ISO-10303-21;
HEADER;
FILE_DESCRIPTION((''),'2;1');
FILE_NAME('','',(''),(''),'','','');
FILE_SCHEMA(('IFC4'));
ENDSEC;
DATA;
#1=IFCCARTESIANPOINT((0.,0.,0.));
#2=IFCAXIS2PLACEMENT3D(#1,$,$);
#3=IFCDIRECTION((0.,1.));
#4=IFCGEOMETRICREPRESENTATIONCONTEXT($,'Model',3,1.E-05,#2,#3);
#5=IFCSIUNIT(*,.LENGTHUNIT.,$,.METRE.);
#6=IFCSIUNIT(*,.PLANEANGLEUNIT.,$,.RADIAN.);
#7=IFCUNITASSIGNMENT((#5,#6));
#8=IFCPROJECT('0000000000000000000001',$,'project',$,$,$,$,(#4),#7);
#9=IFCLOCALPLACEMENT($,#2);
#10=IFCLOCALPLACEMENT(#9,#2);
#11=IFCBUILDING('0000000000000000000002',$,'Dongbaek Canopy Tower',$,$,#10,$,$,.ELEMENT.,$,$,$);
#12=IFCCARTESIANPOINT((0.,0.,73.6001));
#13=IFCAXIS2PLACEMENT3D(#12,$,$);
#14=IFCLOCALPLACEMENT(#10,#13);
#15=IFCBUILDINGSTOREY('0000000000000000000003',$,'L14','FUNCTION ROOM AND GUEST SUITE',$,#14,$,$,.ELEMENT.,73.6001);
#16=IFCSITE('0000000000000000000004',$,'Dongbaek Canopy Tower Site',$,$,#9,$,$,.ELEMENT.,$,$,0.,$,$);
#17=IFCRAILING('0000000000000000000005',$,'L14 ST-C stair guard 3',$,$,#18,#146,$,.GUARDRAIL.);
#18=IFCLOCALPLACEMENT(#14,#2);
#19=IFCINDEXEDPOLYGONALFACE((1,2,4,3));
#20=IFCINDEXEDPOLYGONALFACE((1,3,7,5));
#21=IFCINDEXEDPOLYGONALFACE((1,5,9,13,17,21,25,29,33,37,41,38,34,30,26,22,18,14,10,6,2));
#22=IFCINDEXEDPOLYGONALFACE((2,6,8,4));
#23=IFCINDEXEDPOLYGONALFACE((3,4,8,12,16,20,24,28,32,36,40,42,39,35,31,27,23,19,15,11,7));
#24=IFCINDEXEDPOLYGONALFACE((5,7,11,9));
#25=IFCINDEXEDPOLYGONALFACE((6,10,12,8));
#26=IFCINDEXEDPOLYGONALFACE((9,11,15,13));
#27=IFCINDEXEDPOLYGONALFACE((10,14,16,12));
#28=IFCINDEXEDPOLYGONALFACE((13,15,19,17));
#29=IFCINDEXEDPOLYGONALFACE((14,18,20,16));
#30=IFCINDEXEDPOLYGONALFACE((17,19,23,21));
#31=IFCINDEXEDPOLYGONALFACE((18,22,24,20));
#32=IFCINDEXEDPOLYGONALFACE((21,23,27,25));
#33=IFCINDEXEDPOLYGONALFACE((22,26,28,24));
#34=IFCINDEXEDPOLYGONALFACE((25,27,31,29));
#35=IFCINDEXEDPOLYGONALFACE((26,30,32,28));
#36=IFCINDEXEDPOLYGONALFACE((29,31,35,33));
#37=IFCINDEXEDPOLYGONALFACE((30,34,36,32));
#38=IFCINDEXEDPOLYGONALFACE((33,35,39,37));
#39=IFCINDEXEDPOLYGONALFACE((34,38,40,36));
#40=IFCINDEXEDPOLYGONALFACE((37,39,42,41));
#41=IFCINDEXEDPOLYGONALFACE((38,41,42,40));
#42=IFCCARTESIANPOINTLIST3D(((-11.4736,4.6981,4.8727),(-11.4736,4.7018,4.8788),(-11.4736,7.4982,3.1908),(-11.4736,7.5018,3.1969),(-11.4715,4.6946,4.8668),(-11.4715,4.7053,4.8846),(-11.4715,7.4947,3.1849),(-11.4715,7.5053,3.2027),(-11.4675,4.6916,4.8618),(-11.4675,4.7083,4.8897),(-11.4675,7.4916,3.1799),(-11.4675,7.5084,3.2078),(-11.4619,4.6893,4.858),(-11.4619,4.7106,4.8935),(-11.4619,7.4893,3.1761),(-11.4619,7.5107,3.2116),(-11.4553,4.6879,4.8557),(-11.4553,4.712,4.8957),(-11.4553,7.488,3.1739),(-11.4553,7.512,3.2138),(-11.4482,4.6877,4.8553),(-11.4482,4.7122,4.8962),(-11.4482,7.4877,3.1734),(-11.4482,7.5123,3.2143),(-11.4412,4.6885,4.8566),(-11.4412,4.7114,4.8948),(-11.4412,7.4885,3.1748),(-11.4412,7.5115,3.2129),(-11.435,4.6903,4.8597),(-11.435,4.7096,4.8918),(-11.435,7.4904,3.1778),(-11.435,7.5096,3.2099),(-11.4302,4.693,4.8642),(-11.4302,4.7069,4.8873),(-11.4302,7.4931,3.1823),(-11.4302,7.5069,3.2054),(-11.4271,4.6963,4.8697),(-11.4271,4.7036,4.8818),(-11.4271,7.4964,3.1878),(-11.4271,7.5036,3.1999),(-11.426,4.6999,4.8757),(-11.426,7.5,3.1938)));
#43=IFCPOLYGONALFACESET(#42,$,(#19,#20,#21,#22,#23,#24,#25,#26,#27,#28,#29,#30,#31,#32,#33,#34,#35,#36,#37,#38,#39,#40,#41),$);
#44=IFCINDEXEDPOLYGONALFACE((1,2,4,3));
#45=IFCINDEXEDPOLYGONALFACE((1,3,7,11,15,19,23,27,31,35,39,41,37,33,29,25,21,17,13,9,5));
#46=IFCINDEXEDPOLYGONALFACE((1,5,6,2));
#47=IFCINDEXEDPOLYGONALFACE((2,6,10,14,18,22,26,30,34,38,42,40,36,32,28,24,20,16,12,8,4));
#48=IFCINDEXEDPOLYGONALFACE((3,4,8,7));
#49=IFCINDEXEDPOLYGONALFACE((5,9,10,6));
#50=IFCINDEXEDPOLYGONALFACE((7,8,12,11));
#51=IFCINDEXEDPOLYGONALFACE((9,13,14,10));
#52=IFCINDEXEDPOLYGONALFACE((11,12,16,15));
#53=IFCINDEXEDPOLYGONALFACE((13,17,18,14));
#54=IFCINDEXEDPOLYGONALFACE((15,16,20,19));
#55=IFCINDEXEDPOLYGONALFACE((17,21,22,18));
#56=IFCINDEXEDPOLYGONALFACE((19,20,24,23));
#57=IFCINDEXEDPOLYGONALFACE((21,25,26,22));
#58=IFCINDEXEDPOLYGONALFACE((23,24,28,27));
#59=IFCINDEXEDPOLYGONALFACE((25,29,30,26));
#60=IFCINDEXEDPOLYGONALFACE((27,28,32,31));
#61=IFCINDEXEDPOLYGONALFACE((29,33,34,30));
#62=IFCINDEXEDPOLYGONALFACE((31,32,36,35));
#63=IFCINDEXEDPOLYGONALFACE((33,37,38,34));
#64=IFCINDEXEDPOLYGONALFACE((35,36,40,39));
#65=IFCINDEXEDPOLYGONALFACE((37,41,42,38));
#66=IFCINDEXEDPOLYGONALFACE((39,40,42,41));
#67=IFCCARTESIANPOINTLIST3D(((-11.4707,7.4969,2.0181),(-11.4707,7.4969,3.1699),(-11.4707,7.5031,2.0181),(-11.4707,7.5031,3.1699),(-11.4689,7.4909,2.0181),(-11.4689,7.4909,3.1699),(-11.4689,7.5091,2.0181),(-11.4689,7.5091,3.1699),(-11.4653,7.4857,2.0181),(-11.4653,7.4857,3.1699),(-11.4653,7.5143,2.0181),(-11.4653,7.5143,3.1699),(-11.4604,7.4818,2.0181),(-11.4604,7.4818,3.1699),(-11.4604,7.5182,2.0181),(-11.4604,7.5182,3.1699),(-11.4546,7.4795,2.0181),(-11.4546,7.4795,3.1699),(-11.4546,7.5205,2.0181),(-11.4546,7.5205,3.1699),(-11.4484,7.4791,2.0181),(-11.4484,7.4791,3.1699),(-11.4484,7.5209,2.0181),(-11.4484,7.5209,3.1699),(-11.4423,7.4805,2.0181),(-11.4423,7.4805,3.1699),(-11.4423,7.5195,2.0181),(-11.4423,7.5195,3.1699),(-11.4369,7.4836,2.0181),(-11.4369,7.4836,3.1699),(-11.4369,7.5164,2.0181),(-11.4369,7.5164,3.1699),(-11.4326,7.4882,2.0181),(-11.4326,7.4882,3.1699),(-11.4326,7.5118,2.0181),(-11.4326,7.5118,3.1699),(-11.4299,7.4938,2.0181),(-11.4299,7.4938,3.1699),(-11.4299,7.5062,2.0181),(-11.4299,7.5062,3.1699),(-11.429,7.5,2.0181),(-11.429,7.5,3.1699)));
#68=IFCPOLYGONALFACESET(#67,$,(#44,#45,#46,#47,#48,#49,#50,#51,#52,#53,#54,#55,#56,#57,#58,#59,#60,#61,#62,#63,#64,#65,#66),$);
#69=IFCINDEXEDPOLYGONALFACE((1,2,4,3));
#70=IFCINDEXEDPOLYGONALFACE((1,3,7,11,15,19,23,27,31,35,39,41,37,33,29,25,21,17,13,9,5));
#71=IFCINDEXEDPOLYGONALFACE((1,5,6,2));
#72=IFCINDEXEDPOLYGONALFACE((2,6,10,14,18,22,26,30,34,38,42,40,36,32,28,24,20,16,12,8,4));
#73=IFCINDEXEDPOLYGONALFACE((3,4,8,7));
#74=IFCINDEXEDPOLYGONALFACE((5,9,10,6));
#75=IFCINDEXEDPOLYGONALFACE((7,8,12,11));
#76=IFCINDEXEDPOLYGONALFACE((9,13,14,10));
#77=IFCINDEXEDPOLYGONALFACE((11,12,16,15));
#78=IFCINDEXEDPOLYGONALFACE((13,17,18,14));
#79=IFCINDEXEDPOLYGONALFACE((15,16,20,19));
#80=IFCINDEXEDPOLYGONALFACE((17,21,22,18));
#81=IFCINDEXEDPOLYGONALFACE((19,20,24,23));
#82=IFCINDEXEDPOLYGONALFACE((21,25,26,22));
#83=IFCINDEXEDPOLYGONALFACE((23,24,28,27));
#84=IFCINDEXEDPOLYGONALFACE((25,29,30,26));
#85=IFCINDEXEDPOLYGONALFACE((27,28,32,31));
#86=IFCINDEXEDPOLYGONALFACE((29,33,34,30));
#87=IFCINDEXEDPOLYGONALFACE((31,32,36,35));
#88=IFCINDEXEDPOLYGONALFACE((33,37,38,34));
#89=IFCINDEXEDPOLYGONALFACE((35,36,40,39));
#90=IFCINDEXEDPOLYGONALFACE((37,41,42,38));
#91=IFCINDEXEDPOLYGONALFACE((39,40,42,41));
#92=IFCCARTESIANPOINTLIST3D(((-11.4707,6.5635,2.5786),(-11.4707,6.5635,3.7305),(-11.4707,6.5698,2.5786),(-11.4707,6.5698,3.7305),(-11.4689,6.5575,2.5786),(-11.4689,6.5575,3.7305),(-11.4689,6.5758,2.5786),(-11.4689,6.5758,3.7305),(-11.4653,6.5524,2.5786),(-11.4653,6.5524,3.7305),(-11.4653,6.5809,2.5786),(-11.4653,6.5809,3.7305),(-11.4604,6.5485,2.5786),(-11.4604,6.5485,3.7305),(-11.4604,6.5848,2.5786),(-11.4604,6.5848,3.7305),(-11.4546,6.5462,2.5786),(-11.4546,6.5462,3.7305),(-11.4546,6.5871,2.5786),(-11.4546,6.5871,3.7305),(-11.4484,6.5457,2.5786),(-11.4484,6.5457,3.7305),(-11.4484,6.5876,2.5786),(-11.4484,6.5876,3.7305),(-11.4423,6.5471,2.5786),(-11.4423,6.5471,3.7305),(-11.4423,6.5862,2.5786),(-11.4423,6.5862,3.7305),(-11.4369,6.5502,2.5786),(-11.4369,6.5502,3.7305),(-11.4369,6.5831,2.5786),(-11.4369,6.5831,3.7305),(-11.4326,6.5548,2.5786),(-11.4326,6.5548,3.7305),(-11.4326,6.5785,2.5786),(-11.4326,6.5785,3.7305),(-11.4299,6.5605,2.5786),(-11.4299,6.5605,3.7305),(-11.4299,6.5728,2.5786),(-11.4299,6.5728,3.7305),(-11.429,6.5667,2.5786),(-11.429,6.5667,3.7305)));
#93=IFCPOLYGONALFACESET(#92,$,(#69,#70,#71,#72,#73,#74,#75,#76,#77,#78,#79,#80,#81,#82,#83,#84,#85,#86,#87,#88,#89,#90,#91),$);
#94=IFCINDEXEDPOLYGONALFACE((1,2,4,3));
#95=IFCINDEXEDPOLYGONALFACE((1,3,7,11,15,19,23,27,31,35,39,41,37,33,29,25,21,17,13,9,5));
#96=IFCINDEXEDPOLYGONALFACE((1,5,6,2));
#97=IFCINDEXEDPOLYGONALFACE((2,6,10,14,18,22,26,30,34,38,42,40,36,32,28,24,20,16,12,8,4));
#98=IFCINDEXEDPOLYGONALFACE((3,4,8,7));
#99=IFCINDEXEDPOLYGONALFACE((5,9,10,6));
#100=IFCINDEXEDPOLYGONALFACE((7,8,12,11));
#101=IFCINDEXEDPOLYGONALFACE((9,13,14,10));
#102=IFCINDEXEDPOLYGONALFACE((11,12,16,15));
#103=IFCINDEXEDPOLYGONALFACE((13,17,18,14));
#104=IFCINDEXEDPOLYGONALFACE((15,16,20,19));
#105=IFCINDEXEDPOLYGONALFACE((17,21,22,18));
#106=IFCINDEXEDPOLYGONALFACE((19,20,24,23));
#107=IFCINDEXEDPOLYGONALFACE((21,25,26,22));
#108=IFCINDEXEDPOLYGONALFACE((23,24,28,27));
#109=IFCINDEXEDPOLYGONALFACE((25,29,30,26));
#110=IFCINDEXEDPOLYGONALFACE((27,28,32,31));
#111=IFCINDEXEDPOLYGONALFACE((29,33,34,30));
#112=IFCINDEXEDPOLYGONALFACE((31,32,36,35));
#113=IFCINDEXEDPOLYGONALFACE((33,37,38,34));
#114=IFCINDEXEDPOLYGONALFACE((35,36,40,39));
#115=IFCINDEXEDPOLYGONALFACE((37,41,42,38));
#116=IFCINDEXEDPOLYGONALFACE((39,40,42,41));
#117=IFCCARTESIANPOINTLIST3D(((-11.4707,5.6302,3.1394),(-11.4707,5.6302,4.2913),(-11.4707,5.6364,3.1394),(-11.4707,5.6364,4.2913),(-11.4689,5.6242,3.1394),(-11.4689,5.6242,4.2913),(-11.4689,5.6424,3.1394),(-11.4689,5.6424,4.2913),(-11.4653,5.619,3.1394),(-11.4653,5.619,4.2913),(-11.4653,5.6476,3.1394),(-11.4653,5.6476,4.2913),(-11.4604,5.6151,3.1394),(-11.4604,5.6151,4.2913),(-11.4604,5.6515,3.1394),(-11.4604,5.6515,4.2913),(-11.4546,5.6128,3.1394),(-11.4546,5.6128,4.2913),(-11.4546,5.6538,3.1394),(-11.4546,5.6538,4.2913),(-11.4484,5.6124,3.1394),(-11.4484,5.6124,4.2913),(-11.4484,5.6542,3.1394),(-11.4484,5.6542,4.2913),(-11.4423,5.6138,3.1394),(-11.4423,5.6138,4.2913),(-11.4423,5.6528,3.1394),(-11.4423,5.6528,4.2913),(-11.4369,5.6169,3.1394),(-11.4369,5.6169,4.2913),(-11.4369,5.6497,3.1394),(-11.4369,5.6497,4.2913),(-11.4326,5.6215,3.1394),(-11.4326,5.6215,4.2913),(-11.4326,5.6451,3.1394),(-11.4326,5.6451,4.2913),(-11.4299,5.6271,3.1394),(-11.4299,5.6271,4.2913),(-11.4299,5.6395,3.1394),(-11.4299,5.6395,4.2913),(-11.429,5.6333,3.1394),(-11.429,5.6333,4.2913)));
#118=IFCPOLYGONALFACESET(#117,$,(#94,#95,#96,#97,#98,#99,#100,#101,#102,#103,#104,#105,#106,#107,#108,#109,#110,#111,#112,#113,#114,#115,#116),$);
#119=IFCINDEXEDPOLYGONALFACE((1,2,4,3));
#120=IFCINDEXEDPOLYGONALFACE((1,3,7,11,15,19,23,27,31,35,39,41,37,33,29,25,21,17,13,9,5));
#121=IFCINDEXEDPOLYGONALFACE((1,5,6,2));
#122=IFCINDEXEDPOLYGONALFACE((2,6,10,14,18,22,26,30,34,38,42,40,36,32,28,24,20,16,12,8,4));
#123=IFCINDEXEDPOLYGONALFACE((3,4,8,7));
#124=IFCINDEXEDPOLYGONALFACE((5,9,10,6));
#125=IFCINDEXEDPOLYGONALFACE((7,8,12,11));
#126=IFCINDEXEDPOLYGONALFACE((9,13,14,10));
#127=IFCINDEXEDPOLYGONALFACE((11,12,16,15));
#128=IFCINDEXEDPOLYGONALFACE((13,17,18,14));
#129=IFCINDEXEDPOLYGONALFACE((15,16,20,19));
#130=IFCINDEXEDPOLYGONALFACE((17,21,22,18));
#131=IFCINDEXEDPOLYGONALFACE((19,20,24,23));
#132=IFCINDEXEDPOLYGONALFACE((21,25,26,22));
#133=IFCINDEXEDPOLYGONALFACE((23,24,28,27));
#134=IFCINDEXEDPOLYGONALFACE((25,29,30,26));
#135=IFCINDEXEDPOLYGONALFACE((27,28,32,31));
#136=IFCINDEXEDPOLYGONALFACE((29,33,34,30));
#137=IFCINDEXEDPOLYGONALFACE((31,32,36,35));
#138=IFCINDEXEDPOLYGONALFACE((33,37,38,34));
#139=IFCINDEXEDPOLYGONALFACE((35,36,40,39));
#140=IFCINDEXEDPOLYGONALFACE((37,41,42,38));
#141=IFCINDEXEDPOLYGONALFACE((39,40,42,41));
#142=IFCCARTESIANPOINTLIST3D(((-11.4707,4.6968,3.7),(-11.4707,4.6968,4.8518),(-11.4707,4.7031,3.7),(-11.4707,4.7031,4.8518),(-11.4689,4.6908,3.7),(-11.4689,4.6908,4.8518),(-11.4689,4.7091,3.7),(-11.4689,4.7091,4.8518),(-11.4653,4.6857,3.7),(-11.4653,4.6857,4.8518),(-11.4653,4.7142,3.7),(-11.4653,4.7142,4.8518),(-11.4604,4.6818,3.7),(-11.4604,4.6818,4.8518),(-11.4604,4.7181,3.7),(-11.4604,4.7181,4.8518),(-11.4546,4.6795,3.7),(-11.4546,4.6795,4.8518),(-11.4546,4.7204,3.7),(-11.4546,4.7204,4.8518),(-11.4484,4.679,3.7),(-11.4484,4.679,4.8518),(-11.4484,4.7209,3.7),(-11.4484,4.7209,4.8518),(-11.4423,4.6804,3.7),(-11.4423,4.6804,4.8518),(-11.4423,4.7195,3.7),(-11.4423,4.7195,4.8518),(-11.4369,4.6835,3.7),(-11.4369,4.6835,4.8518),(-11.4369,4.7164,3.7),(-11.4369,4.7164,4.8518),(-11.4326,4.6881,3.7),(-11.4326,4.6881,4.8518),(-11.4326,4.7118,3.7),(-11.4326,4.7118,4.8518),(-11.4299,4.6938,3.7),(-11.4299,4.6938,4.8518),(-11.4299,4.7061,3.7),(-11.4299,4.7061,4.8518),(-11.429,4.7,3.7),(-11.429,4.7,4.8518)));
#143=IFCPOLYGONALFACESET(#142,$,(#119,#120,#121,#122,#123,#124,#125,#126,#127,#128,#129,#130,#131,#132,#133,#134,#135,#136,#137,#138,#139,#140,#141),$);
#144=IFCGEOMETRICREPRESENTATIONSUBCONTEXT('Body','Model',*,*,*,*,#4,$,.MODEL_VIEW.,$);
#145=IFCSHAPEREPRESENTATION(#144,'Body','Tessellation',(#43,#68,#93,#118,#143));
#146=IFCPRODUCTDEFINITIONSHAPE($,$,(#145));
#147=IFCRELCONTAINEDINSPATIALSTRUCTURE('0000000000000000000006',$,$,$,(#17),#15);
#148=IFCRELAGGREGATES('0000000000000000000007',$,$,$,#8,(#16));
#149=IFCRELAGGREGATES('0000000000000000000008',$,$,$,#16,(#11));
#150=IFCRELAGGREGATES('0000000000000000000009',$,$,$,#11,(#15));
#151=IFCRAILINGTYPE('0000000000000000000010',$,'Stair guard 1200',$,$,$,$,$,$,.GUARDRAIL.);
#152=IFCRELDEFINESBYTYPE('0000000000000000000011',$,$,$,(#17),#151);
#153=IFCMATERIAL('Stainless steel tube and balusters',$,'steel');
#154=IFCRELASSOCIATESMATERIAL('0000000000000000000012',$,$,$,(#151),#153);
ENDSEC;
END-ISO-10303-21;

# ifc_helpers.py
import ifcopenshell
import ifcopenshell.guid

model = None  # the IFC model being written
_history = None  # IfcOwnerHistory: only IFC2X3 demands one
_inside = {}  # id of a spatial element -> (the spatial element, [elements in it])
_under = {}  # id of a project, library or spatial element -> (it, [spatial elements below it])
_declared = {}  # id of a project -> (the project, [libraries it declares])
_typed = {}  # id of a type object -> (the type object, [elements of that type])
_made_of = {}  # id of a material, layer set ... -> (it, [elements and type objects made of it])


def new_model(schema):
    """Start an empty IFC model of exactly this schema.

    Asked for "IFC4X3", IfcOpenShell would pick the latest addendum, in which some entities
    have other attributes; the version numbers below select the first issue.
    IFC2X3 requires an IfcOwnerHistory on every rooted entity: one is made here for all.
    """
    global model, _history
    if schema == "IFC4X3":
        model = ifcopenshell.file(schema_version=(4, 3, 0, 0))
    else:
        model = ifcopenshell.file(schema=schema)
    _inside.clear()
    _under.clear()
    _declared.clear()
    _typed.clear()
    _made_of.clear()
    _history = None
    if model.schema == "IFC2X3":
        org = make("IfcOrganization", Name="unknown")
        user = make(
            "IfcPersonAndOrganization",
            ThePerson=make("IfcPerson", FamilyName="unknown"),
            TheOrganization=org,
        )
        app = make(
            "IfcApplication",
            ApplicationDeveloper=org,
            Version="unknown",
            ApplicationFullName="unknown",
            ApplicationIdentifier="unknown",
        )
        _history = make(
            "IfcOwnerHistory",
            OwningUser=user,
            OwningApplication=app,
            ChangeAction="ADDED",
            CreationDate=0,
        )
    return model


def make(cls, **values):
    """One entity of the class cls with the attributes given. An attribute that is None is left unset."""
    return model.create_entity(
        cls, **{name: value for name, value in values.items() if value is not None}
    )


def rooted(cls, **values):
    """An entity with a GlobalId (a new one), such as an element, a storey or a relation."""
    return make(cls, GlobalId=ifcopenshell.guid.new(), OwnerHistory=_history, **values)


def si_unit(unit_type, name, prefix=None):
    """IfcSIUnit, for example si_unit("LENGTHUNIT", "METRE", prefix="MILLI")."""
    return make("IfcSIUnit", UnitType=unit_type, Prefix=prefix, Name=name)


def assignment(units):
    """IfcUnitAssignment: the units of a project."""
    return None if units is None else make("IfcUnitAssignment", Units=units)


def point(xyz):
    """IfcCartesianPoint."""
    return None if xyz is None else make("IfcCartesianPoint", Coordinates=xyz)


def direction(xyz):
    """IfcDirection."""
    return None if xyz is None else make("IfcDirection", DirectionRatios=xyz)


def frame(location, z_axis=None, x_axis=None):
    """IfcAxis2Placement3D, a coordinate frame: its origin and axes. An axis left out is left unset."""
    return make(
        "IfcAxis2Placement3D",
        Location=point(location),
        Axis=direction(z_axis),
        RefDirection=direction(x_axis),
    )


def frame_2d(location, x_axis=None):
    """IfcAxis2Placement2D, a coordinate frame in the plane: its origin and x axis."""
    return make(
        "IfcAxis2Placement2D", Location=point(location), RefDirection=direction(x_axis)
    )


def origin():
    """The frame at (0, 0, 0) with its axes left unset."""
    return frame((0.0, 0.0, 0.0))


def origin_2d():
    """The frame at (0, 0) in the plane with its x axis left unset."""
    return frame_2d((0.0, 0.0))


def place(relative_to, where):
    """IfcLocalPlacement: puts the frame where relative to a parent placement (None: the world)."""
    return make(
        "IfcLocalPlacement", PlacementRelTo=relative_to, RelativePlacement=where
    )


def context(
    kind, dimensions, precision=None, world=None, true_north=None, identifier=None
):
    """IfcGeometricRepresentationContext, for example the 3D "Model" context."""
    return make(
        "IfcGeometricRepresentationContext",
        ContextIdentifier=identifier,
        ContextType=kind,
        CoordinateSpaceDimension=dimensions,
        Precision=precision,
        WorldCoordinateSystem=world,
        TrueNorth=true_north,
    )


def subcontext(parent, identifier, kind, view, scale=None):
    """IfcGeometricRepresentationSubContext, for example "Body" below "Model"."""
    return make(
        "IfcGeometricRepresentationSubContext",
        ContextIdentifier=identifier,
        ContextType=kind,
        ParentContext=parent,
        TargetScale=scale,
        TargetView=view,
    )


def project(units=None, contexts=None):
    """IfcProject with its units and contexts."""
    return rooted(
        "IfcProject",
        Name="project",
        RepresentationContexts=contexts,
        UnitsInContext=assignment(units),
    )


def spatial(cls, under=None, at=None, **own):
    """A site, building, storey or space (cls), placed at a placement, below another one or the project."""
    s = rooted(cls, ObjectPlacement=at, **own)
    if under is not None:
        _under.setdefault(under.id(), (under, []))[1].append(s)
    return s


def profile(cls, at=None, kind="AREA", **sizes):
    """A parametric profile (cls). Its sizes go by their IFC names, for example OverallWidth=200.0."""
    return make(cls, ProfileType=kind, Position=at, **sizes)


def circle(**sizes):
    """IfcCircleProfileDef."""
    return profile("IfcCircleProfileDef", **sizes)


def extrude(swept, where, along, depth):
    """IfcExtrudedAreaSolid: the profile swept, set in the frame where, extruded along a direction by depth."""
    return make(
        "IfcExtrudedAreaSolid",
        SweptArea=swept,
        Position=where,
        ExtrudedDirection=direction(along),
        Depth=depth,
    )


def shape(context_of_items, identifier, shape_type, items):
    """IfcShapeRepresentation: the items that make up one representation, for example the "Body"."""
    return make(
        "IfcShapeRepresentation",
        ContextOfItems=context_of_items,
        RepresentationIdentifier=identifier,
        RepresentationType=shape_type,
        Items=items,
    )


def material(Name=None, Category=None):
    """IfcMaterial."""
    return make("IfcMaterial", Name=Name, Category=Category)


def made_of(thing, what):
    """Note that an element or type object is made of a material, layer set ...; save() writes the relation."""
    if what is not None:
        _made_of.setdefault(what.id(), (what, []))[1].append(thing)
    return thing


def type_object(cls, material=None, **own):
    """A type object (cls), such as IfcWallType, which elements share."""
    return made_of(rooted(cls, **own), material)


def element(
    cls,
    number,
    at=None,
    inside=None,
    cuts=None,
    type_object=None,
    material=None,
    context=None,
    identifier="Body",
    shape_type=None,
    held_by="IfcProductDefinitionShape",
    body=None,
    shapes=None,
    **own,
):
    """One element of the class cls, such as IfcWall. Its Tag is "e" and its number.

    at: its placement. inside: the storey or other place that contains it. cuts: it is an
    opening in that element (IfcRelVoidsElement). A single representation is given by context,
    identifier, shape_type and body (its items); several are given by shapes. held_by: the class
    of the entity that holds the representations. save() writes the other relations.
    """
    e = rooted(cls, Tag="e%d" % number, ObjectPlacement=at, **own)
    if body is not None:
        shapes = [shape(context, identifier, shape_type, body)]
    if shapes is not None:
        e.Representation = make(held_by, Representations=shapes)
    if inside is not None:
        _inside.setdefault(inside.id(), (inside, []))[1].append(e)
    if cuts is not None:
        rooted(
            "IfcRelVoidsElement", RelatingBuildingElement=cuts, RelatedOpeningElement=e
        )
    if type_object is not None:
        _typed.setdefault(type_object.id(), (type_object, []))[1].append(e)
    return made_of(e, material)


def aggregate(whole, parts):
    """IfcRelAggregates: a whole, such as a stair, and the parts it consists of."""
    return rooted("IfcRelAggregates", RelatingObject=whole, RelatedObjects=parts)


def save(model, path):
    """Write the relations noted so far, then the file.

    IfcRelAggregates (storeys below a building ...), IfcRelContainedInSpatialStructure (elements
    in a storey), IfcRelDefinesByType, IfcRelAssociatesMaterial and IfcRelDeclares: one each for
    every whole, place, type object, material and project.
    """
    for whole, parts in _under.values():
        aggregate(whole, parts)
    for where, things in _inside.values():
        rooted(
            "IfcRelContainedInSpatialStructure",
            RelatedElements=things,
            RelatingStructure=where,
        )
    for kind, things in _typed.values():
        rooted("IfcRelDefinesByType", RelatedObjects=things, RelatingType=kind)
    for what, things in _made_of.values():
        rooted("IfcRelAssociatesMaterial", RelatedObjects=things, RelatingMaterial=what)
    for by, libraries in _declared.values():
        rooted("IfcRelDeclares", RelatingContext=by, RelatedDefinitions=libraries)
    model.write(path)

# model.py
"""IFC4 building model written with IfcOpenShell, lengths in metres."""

from ifc_helpers import new_model, si_unit, direction, frame, origin, origin_2d, place, context, subcontext, project, spatial, circle, extrude, material, type_object, element, save


model = new_model("IFC4")

# Units and contexts
model_context = context("Model", 3, precision=1e-05, world=origin(), true_north=direction((0.0, 1.0)))
body_context = subcontext(model_context, "Body", "Model", "MODEL_VIEW")
ifc_project = project(units=[si_unit("LENGTHUNIT", "METRE"), si_unit("PLANEANGLEUNIT", "RADIAN")], contexts=[model_context])

# Site, building, storey
site_placement = place(None, origin())
site = spatial("IfcSite", under=ifc_project, at=site_placement, Name="Dongbaek Canopy Tower Site", CompositionType="ELEMENT", RefElevation=0.0)
building_placement = place(site_placement, origin())
building = spatial("IfcBuilding", under=site, at=building_placement, Name="Dongbaek Canopy Tower", CompositionType="ELEMENT")
storey_placement = place(building_placement, frame((0.0, 0.0, 73.6001)))
storey = spatial("IfcBuildingStorey", under=building, at=storey_placement, Name="L14", Description="FUNCTION ROOM AND GUEST SUITE", CompositionType="ELEMENT", Elevation=73.6001)

# Railing
ifc_material_1 = material(Name="Stainless steel tube and balusters", Category="steel")
railing_type_1 = type_object("IfcRailingType", Name="Stair guard 1200", PredefinedType="GUARDRAIL", material=ifc_material_1)
railing_1_placement = place(storey_placement, frame((-11.45, 7.5, 2.0181)))
element("IfcRailing", 1, at=railing_1_placement, inside=storey, type_object=railing_type_1, Name="L14 ST-C stair guard 3", PredefinedType="GUARDRAIL", context=body_context, shape_type="SweptSolid", body=[
    extrude(circle(Radius=0.0239, at=origin_2d()), frame((0.0, 0.0, 1.1758), z_axis=(0.0, -0.857242, 0.514913), x_axis=(1.0, 0.0, 0.0)), (0.0, 0.0, 1.0), 3.2664),
    extrude(circle(Radius=0.021, at=origin_2d()), origin(), (0.0, 0.0, 1.0), 1.1519),
    extrude(circle(Radius=0.021, at=origin_2d()), frame((0.0, -0.9333, 0.5605)), (0.0, 0.0, 1.0), 1.1519),
    extrude(circle(Radius=0.021, at=origin_2d()), frame((0.0, -1.8667, 1.1213)), (0.0, 0.0, 1.0), 1.1519),
    extrude(circle(Radius=0.021, at=origin_2d()), frame((0.0, -2.8, 1.6819)), (0.0, 0.0, 1.0), 1.1519),
])

save(model, "model.ifc")
